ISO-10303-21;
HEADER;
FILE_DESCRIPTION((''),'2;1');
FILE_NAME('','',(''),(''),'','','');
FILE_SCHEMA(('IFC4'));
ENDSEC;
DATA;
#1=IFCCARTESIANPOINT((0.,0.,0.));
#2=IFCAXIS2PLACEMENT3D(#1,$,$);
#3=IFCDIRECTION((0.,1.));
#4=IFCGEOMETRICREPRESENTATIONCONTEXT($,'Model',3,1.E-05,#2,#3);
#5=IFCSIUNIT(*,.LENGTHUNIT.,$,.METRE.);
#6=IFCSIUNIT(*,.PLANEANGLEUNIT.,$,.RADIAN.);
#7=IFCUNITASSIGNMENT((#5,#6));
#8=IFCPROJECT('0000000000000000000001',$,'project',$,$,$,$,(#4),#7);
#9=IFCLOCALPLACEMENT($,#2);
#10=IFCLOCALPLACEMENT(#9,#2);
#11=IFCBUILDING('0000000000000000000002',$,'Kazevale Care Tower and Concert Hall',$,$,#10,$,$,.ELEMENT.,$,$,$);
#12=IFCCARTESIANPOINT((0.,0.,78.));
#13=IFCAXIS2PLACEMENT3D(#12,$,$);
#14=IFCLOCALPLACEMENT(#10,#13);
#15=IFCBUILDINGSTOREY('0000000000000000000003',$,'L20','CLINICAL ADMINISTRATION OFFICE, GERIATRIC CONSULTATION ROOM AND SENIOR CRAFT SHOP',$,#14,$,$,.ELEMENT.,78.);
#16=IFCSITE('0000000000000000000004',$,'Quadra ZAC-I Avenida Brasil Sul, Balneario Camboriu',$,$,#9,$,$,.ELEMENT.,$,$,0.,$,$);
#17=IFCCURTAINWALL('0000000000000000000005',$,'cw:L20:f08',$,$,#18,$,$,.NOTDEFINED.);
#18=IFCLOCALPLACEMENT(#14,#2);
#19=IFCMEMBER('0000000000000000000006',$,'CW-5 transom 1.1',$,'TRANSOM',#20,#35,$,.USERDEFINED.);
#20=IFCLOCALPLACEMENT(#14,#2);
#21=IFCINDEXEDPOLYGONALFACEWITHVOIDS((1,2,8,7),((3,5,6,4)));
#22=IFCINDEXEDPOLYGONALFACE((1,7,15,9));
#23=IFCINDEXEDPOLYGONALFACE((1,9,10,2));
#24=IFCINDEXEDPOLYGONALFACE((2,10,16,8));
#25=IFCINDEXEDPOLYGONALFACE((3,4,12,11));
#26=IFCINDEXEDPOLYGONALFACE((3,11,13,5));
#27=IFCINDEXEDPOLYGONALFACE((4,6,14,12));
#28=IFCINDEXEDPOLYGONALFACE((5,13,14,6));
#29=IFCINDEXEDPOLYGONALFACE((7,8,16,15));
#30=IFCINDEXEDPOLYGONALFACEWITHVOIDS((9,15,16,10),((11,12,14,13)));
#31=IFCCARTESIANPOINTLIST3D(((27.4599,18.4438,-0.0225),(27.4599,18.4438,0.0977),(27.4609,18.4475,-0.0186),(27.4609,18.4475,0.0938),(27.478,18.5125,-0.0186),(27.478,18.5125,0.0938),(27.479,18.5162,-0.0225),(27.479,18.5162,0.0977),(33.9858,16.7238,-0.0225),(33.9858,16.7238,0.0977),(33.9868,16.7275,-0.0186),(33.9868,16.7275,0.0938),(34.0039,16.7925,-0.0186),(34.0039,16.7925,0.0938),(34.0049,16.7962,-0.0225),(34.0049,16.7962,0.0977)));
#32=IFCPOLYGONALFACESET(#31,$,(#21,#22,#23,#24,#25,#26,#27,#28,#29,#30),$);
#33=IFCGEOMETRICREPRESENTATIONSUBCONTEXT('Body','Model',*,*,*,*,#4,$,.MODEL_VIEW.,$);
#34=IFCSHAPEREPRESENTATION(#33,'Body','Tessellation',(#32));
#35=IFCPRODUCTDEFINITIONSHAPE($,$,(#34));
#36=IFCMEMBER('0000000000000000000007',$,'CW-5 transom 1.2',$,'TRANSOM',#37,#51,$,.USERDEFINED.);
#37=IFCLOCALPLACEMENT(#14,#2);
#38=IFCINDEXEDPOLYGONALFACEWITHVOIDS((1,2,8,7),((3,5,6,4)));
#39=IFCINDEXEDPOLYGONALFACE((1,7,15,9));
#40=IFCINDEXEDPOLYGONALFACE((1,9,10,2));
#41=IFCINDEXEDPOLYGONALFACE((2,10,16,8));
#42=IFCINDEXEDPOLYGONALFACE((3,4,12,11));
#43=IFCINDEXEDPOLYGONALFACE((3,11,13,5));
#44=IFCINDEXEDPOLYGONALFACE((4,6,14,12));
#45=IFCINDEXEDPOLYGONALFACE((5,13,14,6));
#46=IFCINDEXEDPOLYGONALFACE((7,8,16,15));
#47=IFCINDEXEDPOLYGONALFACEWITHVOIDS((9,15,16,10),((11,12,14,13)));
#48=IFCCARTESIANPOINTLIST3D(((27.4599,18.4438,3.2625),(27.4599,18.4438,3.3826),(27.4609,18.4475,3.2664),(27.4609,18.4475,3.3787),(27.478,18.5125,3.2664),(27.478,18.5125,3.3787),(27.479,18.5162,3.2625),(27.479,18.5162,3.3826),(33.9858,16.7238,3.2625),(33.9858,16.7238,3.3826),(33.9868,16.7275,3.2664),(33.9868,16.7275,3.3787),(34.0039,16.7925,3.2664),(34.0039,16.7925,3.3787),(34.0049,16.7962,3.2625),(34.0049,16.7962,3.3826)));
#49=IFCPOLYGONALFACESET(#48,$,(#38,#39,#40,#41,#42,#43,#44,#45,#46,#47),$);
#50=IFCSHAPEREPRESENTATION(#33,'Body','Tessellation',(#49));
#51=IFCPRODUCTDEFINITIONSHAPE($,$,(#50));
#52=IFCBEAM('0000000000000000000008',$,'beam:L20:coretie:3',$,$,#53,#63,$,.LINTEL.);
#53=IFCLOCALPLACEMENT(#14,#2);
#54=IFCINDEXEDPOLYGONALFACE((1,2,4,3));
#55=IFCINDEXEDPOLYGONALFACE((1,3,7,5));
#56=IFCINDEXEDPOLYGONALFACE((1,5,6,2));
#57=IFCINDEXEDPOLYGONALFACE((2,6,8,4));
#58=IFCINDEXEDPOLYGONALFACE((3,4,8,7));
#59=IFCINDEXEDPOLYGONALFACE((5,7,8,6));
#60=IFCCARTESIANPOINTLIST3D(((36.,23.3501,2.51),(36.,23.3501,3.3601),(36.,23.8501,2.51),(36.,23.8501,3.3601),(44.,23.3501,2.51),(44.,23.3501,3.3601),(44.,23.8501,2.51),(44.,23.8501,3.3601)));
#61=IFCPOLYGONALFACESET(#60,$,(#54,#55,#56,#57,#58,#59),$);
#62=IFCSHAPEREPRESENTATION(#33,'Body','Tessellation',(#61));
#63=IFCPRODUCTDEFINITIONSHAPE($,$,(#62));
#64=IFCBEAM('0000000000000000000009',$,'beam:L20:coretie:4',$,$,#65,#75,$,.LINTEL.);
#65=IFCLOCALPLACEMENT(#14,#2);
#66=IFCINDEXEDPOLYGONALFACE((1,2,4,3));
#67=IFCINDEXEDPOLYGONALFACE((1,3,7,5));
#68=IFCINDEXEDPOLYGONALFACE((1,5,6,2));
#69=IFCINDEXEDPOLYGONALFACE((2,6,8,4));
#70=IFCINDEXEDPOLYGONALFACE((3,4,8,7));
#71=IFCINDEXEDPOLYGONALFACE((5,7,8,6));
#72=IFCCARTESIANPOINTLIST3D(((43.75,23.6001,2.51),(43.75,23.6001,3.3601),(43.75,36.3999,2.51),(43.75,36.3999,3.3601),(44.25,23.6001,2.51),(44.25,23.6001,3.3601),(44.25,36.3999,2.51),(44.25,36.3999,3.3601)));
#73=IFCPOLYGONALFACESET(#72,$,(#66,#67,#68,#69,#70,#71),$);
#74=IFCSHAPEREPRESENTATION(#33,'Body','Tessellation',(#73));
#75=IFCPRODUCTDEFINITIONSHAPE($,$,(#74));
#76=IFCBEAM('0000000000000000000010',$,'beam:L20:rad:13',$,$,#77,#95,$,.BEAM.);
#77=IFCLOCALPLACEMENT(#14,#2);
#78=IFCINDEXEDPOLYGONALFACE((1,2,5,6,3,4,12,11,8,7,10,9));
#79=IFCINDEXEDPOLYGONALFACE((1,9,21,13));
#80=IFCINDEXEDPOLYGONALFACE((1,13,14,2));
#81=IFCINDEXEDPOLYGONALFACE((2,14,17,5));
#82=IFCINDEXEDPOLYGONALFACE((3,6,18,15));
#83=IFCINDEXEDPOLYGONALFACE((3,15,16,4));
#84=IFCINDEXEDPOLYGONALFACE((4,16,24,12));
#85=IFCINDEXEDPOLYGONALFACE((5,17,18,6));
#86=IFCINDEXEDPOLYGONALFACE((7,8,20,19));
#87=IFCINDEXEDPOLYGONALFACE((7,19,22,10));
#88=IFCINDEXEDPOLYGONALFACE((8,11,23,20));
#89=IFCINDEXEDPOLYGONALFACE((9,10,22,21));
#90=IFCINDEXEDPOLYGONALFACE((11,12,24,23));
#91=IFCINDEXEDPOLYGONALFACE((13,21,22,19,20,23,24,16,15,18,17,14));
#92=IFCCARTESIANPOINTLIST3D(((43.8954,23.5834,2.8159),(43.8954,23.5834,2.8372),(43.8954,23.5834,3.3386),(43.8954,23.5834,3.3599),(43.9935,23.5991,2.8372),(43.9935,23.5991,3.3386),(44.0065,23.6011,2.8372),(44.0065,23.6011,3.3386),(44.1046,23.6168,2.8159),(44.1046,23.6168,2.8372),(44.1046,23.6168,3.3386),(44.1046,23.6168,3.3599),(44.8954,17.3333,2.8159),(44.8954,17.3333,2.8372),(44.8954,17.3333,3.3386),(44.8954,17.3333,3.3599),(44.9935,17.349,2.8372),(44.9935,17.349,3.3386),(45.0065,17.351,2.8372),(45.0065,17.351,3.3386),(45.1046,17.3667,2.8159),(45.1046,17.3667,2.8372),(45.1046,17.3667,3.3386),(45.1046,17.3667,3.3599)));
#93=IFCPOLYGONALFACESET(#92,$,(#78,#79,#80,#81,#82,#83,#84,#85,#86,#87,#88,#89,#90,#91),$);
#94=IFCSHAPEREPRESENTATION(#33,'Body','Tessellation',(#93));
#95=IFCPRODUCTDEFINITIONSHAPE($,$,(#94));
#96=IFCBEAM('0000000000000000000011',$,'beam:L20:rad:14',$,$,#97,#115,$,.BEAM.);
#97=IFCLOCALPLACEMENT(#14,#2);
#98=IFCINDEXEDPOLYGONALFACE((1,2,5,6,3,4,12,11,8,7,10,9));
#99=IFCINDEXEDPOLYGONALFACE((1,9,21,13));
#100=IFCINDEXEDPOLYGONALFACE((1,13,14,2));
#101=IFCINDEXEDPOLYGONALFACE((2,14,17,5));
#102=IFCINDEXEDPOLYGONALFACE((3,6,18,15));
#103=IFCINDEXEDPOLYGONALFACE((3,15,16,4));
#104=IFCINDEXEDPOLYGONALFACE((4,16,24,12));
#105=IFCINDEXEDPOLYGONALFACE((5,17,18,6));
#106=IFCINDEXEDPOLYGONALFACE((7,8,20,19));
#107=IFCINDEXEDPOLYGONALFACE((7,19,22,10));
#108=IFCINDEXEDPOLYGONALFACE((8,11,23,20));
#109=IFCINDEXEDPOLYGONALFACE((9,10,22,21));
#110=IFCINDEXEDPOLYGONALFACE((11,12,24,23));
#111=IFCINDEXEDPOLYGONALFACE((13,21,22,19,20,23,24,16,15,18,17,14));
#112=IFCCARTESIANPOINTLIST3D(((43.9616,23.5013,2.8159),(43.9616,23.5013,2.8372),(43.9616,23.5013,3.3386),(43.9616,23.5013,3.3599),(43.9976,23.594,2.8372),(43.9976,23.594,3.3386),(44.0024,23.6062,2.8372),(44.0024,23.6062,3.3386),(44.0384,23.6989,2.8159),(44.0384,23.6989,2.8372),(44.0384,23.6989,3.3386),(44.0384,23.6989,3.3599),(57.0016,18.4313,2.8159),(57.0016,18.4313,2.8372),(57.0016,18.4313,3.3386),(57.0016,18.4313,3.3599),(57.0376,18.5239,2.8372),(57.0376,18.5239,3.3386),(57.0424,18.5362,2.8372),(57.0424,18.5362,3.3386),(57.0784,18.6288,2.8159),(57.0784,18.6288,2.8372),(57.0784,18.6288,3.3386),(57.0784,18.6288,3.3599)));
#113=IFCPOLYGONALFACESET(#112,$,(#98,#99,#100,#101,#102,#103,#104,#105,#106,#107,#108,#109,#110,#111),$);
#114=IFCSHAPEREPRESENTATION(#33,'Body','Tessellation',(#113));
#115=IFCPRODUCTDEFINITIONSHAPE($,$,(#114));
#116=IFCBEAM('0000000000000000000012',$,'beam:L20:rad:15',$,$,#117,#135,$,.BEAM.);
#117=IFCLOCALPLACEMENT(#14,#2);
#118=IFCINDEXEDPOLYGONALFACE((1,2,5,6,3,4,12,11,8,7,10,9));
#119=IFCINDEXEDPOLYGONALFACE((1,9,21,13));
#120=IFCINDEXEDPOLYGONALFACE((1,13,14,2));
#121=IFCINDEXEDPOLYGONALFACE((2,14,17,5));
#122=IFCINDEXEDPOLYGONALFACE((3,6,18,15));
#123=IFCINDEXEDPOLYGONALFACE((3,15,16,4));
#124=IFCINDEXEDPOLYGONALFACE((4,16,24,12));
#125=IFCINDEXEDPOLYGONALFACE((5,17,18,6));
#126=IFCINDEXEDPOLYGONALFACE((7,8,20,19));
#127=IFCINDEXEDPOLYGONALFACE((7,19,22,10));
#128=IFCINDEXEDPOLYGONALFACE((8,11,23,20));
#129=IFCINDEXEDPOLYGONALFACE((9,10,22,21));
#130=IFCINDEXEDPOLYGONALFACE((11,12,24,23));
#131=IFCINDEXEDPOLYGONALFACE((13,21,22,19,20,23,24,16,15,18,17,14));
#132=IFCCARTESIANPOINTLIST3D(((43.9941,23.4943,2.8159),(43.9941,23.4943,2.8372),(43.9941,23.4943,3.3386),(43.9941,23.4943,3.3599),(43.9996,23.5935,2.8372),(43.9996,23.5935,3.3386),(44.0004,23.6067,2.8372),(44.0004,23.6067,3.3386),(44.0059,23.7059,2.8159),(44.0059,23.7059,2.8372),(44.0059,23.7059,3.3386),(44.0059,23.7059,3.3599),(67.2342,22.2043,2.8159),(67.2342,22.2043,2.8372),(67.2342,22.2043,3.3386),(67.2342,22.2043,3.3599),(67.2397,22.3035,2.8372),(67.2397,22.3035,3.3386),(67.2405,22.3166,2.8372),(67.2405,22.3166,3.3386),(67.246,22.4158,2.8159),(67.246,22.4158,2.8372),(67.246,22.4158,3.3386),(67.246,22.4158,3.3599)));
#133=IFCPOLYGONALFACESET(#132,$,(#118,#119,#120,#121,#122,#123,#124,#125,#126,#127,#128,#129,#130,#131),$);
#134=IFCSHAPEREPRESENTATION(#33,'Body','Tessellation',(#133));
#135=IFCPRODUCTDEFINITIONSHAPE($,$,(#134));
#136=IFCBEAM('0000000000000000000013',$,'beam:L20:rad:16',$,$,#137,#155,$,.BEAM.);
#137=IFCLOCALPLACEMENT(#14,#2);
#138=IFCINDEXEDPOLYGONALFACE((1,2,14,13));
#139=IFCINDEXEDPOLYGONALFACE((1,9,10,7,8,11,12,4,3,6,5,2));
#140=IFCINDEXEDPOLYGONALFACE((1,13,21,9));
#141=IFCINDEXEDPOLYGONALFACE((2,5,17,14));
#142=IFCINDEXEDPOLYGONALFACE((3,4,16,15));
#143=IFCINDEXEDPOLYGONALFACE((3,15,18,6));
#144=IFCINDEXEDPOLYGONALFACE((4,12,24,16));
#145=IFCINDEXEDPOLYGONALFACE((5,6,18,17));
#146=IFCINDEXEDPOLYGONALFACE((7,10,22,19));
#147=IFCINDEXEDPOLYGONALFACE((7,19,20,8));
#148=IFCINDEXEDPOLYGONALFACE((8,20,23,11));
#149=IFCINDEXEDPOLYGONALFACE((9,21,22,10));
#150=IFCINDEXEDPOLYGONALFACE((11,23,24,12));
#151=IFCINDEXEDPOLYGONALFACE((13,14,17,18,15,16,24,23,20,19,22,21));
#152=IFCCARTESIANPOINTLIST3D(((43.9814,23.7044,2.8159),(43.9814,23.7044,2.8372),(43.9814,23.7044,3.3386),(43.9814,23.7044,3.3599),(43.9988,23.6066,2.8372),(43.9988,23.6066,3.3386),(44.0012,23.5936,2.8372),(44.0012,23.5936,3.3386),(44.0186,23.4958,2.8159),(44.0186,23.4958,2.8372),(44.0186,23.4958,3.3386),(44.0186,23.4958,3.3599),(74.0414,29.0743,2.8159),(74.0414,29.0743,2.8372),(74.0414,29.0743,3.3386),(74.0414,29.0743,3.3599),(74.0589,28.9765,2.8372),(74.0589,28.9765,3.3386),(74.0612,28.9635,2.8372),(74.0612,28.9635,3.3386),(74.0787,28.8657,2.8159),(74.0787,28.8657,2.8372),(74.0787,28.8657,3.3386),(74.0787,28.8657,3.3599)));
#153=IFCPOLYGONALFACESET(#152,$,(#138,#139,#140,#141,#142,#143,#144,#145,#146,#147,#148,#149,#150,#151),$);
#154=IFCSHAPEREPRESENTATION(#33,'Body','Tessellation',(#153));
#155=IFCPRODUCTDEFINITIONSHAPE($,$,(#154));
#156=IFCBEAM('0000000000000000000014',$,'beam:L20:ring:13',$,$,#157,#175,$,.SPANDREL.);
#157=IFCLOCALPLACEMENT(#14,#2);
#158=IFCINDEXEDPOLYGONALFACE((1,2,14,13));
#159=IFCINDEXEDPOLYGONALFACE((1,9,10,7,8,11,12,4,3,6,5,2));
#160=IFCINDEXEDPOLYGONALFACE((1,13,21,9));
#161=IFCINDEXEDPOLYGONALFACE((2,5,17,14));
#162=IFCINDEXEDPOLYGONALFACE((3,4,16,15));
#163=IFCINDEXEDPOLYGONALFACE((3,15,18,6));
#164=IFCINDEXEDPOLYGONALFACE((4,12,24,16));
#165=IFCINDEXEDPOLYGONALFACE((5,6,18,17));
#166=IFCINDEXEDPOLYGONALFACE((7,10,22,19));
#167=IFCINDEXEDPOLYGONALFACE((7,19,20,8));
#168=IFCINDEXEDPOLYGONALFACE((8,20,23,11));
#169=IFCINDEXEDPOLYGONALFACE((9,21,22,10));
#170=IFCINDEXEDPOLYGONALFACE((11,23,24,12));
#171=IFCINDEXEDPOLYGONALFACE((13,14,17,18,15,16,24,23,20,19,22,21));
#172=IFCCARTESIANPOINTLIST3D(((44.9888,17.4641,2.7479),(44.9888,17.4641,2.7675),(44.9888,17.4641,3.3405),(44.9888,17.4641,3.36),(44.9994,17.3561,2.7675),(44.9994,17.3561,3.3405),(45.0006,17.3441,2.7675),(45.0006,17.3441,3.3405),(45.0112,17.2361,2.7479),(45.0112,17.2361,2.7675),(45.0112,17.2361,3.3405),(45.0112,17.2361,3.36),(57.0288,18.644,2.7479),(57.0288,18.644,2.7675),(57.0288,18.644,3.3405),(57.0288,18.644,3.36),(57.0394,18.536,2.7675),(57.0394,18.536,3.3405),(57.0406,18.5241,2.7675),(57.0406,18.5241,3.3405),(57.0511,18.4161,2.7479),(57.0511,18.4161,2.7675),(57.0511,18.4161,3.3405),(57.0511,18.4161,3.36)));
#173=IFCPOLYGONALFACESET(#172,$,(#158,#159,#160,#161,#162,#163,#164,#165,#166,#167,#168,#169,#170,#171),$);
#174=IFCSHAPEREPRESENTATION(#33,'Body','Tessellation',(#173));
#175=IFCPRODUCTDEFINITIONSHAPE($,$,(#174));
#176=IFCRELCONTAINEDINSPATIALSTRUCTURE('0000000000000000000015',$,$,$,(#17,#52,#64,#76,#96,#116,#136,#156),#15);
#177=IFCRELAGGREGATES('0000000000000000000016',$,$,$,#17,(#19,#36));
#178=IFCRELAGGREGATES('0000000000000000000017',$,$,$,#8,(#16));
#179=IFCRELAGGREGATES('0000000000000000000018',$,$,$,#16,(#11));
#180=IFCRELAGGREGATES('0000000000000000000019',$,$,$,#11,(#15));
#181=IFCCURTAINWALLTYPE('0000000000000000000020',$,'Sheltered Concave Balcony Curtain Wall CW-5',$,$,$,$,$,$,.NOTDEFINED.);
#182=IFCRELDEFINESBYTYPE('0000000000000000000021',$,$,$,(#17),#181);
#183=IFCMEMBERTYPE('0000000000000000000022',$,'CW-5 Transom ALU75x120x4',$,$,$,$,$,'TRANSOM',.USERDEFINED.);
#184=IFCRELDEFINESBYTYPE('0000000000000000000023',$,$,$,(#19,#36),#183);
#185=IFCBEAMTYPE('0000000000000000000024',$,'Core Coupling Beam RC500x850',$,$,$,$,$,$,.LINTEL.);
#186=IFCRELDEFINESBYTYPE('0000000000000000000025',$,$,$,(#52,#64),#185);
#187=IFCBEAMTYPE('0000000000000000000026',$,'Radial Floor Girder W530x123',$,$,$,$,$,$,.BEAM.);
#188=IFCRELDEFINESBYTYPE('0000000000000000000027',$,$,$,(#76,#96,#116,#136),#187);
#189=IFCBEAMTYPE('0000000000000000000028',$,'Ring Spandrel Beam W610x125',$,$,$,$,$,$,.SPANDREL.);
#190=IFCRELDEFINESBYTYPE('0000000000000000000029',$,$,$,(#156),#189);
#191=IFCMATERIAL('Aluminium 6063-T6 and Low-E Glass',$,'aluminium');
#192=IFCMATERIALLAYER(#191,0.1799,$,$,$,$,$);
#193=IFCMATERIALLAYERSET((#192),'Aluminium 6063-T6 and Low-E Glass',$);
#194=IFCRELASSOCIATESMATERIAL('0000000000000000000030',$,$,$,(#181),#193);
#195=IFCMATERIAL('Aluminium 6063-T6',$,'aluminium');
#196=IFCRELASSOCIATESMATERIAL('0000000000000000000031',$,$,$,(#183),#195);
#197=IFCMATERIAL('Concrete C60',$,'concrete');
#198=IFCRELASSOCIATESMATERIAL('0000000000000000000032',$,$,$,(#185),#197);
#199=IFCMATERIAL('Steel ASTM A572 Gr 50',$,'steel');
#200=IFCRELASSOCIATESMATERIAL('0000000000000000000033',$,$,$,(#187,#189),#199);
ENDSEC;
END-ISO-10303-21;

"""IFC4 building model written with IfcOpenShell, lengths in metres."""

from ifc_helpers import new_model, si_unit, direction, frame, origin, origin_2d, place, context, subcontext, project, spatial, rectangle, hollow_rectangle, i_section, extrude, material, layer, layer_set, material_profile, profile_set, type_object, element, aggregate, save


model = new_model("IFC4")

# Units and contexts
model_context = context("Model", 3, precision=1e-05, world=origin(), true_north=direction((0.0, 1.0)))
body_context = subcontext(model_context, "Body", "Model", "MODEL_VIEW")
ifc_project = project(units=[si_unit("LENGTHUNIT", "METRE"), si_unit("PLANEANGLEUNIT", "RADIAN")], contexts=[model_context])

# Site, building, storey
site_placement = place(None, origin())
site = spatial("IfcSite", under=ifc_project, at=site_placement, Name="Quadra ZAC-I Avenida Brasil Sul, Balneario Camboriu", CompositionType="ELEMENT", RefElevation=0.0)
building_placement = place(site_placement, origin())
building = spatial("IfcBuilding", under=site, at=building_placement, Name="Kazevale Care Tower and Concert Hall", CompositionType="ELEMENT")
storey_placement = place(building_placement, frame((0.0, 0.0, 78.0)))
storey = spatial("IfcBuildingStorey", under=building, at=storey_placement, Name="L20", Description="CLINICAL ADMINISTRATION OFFICE, GERIATRIC CONSULTATION ROOM AND SENIOR CRAFT SHOP", CompositionType="ELEMENT", Elevation=78.0)

# Shared definitions
ifc_material_1 = material(Name="Aluminium 6063-T6 and Low-E Glass", Category="aluminium")
ifc_layer_1 = layer(ifc_material_1, 0.1799)
ifc_layer_set_1 = layer_set([ifc_layer_1], Name="Aluminium 6063-T6 and Low-E Glass")
curtain_wall_type = type_object("IfcCurtainWallType", Name="Sheltered Concave Balcony Curtain Wall CW-5", PredefinedType="NOTDEFINED", material=ifc_layer_set_1)
ifc_material_2 = material(Name="Aluminium 6063-T6", Category="aluminium")

# Curtain wall
curtain_wall_1_placement = place(storey_placement, origin())
curtain_wall_1 = element("IfcCurtainWall", 1, at=curtain_wall_1_placement, inside=storey, type_object=curtain_wall_type, Name="cw:L20:f08", PredefinedType="NOTDEFINED")

# Members
ifc_material_profile_1 = material_profile(ifc_material_2, hollow_rectangle(XDim=0.075, YDim=0.1201, WallThickness=0.0039, at=origin_2d()), Name="ALU75x120x4")
ifc_profile_set_1 = profile_set([ifc_material_profile_1], Name="Aluminium 6063-T6")
member_type_1 = type_object("IfcMemberType", Name="CW-5 Transom ALU75x120x4", ElementType="TRANSOM", PredefinedType="USERDEFINED", material=ifc_profile_set_1)
member_1_placement = place(storey_placement, frame((33.9954, 16.76, 0.0376), z_axis=(-0.966978, 0.254858, 0.0), x_axis=(-0.254858, -0.966978, 0.0)))
member_1 = element("IfcMember", 2, at=member_1_placement, type_object=member_type_1, Name="CW-5 transom 1.1", ObjectType="TRANSOM", PredefinedType="USERDEFINED", context=body_context, shape_type="SweptSolid", body=[
    extrude(hollow_rectangle(XDim=0.075, YDim=0.1201, WallThickness=0.0039, at=origin_2d()), origin(), (0.0, 0.0, 1.0), 6.7488),
])
member_2_placement = place(storey_placement, frame((33.9954, 16.76, 3.3225), z_axis=(-0.966978, 0.254858, 0.0), x_axis=(-0.254858, -0.966978, 0.0)))
member_2 = element("IfcMember", 3, at=member_2_placement, type_object=member_type_1, Name="CW-5 transom 1.2", ObjectType="TRANSOM", PredefinedType="USERDEFINED", context=body_context, shape_type="SweptSolid", body=[
    extrude(hollow_rectangle(XDim=0.075, YDim=0.1201, WallThickness=0.0039, at=origin_2d()), origin(), (0.0, 0.0, 1.0), 6.7488),
])
aggregate(curtain_wall_1, [member_1, member_2])

# Beams
ifc_material_3 = material(Name="Concrete C60", Category="concrete")
ifc_material_profile_2 = material_profile(ifc_material_3, rectangle(XDim=0.5, YDim=0.8501, at=origin_2d()), Name="RC-B500x850")
ifc_profile_set_2 = profile_set([ifc_material_profile_2], Name="Concrete C60")
beam_type_1 = type_object("IfcBeamType", Name="Core Coupling Beam RC500x850", PredefinedType="LINTEL", material=ifc_profile_set_2)
beam_1_placement = place(storey_placement, frame((36.0, 23.6001, 2.9351), z_axis=(1.0, 0.0, 0.0), x_axis=(0.0, 1.0, 0.0)))
element("IfcBeam", 4, at=beam_1_placement, inside=storey, type_object=beam_type_1, Name="beam:L20:coretie:3", PredefinedType="LINTEL", context=body_context, shape_type="SweptSolid", body=[
    extrude(rectangle(XDim=0.5, YDim=0.8501, at=origin_2d()), origin(), (0.0, 0.0, 1.0), 8.0),
])
beam_2_placement = place(storey_placement, frame((44.0, 23.6001, 2.9351), z_axis=(0.0, 1.0, 0.0), x_axis=(-1.0, 0.0, 0.0)))
element("IfcBeam", 5, at=beam_2_placement, inside=storey, type_object=beam_type_1, Name="beam:L20:coretie:4", PredefinedType="LINTEL", context=body_context, shape_type="SweptSolid", body=[
    extrude(rectangle(XDim=0.5, YDim=0.8501, at=origin_2d()), origin(), (0.0, 0.0, 1.0), 12.7998),
])
ifc_material_4 = material(Name="Steel ASTM A572 Gr 50", Category="steel")
ifc_material_profile_3 = material_profile(ifc_material_4, i_section(OverallWidth=0.2119, OverallDepth=0.5439, WebThickness=0.0132, FlangeThickness=0.0212, at=origin_2d()), Name="W530x123")
ifc_profile_set_3 = profile_set([ifc_material_profile_3], Name="Steel ASTM A572 Gr 50")
beam_type_2 = type_object("IfcBeamType", Name="Radial Floor Girder W530x123", PredefinedType="BEAM", material=ifc_profile_set_3)
beam_3_placement = place(storey_placement, frame((44.0, 23.6001, 3.0879), z_axis=(0.157991, -0.987441, 0.0), x_axis=(0.987441, 0.157991, 0.0)))
element("IfcBeam", 6, at=beam_3_placement, inside=storey, type_object=beam_type_2, Name="beam:L20:rad:13", PredefinedType="BEAM", context=body_context, shape_type="SweptSolid", body=[
    extrude(i_section(OverallWidth=0.2119, OverallDepth=0.5439, WebThickness=0.0132, FlangeThickness=0.0212, at=origin_2d()), origin(), (0.0, 0.0, 1.0), 6.3296),
])
beam_4_placement = place(storey_placement, frame((44.0, 23.6001, 3.0879), z_axis=(0.93203, -0.362381, 0.0), x_axis=(0.362381, 0.93203, 0.0)))
element("IfcBeam", 7, at=beam_4_placement, inside=storey, type_object=beam_type_2, Name="beam:L20:rad:14", PredefinedType="BEAM", context=body_context, shape_type="SweptSolid", body=[
    extrude(i_section(OverallWidth=0.2119, OverallDepth=0.5439, WebThickness=0.0132, FlangeThickness=0.0212, at=origin_2d()), origin(), (0.0, 0.0, 1.0), 13.991),
])
beam_5_placement = place(storey_placement, frame((44.0, 23.6001, 3.0879), z_axis=(0.998463, -0.055424, 0.0), x_axis=(0.055424, 0.998463, 0.0)))
element("IfcBeam", 8, at=beam_5_placement, inside=storey, type_object=beam_type_2, Name="beam:L20:rad:15", PredefinedType="BEAM", context=body_context, shape_type="SweptSolid", body=[
    extrude(i_section(OverallWidth=0.2119, OverallDepth=0.5439, WebThickness=0.0132, FlangeThickness=0.0212, at=origin_2d()), origin(), (0.0, 0.0, 1.0), 23.2759),
])
beam_6_placement = place(storey_placement, frame((44.0, 23.6001, 3.0879), z_axis=(0.984416, 0.175854, 0.0), x_axis=(-0.175854, 0.984416, 0.0)))
element("IfcBeam", 9, at=beam_6_placement, inside=storey, type_object=beam_type_2, Name="beam:L20:rad:16", PredefinedType="BEAM", context=body_context, shape_type="SweptSolid", body=[
    extrude(i_section(OverallWidth=0.2119, OverallDepth=0.5439, WebThickness=0.0132, FlangeThickness=0.0212, at=origin_2d()), origin(), (0.0, 0.0, 1.0), 30.5359),
])
ifc_material_profile_4 = material_profile(ifc_material_4, i_section(OverallWidth=0.229, OverallDepth=0.6121, WebThickness=0.012, FlangeThickness=0.0195, at=origin_2d()), Name="W610x125")
ifc_profile_set_4 = profile_set([ifc_material_profile_4], Name="Steel ASTM A572 Gr 50")
beam_type_3 = type_object("IfcBeamType", Name="Ring Spandrel Beam W610x125", PredefinedType="SPANDREL", material=ifc_profile_set_4)
beam_7_placement = place(storey_placement, frame((45.0, 17.3501, 3.054), z_axis=(0.995232, 0.097533, 0.0), x_axis=(-0.097533, 0.995232, 0.0)))
element("IfcBeam", 10, at=beam_7_placement, inside=storey, type_object=beam_type_3, Name="beam:L20:ring:13", PredefinedType="SPANDREL", context=body_context, shape_type="SweptSolid", body=[
    extrude(i_section(OverallWidth=0.229, OverallDepth=0.6121, WebThickness=0.012, FlangeThickness=0.0195, at=origin_2d()), origin(), (0.0, 0.0, 1.0), 12.0977),
])

save(model, "model.ifc")
